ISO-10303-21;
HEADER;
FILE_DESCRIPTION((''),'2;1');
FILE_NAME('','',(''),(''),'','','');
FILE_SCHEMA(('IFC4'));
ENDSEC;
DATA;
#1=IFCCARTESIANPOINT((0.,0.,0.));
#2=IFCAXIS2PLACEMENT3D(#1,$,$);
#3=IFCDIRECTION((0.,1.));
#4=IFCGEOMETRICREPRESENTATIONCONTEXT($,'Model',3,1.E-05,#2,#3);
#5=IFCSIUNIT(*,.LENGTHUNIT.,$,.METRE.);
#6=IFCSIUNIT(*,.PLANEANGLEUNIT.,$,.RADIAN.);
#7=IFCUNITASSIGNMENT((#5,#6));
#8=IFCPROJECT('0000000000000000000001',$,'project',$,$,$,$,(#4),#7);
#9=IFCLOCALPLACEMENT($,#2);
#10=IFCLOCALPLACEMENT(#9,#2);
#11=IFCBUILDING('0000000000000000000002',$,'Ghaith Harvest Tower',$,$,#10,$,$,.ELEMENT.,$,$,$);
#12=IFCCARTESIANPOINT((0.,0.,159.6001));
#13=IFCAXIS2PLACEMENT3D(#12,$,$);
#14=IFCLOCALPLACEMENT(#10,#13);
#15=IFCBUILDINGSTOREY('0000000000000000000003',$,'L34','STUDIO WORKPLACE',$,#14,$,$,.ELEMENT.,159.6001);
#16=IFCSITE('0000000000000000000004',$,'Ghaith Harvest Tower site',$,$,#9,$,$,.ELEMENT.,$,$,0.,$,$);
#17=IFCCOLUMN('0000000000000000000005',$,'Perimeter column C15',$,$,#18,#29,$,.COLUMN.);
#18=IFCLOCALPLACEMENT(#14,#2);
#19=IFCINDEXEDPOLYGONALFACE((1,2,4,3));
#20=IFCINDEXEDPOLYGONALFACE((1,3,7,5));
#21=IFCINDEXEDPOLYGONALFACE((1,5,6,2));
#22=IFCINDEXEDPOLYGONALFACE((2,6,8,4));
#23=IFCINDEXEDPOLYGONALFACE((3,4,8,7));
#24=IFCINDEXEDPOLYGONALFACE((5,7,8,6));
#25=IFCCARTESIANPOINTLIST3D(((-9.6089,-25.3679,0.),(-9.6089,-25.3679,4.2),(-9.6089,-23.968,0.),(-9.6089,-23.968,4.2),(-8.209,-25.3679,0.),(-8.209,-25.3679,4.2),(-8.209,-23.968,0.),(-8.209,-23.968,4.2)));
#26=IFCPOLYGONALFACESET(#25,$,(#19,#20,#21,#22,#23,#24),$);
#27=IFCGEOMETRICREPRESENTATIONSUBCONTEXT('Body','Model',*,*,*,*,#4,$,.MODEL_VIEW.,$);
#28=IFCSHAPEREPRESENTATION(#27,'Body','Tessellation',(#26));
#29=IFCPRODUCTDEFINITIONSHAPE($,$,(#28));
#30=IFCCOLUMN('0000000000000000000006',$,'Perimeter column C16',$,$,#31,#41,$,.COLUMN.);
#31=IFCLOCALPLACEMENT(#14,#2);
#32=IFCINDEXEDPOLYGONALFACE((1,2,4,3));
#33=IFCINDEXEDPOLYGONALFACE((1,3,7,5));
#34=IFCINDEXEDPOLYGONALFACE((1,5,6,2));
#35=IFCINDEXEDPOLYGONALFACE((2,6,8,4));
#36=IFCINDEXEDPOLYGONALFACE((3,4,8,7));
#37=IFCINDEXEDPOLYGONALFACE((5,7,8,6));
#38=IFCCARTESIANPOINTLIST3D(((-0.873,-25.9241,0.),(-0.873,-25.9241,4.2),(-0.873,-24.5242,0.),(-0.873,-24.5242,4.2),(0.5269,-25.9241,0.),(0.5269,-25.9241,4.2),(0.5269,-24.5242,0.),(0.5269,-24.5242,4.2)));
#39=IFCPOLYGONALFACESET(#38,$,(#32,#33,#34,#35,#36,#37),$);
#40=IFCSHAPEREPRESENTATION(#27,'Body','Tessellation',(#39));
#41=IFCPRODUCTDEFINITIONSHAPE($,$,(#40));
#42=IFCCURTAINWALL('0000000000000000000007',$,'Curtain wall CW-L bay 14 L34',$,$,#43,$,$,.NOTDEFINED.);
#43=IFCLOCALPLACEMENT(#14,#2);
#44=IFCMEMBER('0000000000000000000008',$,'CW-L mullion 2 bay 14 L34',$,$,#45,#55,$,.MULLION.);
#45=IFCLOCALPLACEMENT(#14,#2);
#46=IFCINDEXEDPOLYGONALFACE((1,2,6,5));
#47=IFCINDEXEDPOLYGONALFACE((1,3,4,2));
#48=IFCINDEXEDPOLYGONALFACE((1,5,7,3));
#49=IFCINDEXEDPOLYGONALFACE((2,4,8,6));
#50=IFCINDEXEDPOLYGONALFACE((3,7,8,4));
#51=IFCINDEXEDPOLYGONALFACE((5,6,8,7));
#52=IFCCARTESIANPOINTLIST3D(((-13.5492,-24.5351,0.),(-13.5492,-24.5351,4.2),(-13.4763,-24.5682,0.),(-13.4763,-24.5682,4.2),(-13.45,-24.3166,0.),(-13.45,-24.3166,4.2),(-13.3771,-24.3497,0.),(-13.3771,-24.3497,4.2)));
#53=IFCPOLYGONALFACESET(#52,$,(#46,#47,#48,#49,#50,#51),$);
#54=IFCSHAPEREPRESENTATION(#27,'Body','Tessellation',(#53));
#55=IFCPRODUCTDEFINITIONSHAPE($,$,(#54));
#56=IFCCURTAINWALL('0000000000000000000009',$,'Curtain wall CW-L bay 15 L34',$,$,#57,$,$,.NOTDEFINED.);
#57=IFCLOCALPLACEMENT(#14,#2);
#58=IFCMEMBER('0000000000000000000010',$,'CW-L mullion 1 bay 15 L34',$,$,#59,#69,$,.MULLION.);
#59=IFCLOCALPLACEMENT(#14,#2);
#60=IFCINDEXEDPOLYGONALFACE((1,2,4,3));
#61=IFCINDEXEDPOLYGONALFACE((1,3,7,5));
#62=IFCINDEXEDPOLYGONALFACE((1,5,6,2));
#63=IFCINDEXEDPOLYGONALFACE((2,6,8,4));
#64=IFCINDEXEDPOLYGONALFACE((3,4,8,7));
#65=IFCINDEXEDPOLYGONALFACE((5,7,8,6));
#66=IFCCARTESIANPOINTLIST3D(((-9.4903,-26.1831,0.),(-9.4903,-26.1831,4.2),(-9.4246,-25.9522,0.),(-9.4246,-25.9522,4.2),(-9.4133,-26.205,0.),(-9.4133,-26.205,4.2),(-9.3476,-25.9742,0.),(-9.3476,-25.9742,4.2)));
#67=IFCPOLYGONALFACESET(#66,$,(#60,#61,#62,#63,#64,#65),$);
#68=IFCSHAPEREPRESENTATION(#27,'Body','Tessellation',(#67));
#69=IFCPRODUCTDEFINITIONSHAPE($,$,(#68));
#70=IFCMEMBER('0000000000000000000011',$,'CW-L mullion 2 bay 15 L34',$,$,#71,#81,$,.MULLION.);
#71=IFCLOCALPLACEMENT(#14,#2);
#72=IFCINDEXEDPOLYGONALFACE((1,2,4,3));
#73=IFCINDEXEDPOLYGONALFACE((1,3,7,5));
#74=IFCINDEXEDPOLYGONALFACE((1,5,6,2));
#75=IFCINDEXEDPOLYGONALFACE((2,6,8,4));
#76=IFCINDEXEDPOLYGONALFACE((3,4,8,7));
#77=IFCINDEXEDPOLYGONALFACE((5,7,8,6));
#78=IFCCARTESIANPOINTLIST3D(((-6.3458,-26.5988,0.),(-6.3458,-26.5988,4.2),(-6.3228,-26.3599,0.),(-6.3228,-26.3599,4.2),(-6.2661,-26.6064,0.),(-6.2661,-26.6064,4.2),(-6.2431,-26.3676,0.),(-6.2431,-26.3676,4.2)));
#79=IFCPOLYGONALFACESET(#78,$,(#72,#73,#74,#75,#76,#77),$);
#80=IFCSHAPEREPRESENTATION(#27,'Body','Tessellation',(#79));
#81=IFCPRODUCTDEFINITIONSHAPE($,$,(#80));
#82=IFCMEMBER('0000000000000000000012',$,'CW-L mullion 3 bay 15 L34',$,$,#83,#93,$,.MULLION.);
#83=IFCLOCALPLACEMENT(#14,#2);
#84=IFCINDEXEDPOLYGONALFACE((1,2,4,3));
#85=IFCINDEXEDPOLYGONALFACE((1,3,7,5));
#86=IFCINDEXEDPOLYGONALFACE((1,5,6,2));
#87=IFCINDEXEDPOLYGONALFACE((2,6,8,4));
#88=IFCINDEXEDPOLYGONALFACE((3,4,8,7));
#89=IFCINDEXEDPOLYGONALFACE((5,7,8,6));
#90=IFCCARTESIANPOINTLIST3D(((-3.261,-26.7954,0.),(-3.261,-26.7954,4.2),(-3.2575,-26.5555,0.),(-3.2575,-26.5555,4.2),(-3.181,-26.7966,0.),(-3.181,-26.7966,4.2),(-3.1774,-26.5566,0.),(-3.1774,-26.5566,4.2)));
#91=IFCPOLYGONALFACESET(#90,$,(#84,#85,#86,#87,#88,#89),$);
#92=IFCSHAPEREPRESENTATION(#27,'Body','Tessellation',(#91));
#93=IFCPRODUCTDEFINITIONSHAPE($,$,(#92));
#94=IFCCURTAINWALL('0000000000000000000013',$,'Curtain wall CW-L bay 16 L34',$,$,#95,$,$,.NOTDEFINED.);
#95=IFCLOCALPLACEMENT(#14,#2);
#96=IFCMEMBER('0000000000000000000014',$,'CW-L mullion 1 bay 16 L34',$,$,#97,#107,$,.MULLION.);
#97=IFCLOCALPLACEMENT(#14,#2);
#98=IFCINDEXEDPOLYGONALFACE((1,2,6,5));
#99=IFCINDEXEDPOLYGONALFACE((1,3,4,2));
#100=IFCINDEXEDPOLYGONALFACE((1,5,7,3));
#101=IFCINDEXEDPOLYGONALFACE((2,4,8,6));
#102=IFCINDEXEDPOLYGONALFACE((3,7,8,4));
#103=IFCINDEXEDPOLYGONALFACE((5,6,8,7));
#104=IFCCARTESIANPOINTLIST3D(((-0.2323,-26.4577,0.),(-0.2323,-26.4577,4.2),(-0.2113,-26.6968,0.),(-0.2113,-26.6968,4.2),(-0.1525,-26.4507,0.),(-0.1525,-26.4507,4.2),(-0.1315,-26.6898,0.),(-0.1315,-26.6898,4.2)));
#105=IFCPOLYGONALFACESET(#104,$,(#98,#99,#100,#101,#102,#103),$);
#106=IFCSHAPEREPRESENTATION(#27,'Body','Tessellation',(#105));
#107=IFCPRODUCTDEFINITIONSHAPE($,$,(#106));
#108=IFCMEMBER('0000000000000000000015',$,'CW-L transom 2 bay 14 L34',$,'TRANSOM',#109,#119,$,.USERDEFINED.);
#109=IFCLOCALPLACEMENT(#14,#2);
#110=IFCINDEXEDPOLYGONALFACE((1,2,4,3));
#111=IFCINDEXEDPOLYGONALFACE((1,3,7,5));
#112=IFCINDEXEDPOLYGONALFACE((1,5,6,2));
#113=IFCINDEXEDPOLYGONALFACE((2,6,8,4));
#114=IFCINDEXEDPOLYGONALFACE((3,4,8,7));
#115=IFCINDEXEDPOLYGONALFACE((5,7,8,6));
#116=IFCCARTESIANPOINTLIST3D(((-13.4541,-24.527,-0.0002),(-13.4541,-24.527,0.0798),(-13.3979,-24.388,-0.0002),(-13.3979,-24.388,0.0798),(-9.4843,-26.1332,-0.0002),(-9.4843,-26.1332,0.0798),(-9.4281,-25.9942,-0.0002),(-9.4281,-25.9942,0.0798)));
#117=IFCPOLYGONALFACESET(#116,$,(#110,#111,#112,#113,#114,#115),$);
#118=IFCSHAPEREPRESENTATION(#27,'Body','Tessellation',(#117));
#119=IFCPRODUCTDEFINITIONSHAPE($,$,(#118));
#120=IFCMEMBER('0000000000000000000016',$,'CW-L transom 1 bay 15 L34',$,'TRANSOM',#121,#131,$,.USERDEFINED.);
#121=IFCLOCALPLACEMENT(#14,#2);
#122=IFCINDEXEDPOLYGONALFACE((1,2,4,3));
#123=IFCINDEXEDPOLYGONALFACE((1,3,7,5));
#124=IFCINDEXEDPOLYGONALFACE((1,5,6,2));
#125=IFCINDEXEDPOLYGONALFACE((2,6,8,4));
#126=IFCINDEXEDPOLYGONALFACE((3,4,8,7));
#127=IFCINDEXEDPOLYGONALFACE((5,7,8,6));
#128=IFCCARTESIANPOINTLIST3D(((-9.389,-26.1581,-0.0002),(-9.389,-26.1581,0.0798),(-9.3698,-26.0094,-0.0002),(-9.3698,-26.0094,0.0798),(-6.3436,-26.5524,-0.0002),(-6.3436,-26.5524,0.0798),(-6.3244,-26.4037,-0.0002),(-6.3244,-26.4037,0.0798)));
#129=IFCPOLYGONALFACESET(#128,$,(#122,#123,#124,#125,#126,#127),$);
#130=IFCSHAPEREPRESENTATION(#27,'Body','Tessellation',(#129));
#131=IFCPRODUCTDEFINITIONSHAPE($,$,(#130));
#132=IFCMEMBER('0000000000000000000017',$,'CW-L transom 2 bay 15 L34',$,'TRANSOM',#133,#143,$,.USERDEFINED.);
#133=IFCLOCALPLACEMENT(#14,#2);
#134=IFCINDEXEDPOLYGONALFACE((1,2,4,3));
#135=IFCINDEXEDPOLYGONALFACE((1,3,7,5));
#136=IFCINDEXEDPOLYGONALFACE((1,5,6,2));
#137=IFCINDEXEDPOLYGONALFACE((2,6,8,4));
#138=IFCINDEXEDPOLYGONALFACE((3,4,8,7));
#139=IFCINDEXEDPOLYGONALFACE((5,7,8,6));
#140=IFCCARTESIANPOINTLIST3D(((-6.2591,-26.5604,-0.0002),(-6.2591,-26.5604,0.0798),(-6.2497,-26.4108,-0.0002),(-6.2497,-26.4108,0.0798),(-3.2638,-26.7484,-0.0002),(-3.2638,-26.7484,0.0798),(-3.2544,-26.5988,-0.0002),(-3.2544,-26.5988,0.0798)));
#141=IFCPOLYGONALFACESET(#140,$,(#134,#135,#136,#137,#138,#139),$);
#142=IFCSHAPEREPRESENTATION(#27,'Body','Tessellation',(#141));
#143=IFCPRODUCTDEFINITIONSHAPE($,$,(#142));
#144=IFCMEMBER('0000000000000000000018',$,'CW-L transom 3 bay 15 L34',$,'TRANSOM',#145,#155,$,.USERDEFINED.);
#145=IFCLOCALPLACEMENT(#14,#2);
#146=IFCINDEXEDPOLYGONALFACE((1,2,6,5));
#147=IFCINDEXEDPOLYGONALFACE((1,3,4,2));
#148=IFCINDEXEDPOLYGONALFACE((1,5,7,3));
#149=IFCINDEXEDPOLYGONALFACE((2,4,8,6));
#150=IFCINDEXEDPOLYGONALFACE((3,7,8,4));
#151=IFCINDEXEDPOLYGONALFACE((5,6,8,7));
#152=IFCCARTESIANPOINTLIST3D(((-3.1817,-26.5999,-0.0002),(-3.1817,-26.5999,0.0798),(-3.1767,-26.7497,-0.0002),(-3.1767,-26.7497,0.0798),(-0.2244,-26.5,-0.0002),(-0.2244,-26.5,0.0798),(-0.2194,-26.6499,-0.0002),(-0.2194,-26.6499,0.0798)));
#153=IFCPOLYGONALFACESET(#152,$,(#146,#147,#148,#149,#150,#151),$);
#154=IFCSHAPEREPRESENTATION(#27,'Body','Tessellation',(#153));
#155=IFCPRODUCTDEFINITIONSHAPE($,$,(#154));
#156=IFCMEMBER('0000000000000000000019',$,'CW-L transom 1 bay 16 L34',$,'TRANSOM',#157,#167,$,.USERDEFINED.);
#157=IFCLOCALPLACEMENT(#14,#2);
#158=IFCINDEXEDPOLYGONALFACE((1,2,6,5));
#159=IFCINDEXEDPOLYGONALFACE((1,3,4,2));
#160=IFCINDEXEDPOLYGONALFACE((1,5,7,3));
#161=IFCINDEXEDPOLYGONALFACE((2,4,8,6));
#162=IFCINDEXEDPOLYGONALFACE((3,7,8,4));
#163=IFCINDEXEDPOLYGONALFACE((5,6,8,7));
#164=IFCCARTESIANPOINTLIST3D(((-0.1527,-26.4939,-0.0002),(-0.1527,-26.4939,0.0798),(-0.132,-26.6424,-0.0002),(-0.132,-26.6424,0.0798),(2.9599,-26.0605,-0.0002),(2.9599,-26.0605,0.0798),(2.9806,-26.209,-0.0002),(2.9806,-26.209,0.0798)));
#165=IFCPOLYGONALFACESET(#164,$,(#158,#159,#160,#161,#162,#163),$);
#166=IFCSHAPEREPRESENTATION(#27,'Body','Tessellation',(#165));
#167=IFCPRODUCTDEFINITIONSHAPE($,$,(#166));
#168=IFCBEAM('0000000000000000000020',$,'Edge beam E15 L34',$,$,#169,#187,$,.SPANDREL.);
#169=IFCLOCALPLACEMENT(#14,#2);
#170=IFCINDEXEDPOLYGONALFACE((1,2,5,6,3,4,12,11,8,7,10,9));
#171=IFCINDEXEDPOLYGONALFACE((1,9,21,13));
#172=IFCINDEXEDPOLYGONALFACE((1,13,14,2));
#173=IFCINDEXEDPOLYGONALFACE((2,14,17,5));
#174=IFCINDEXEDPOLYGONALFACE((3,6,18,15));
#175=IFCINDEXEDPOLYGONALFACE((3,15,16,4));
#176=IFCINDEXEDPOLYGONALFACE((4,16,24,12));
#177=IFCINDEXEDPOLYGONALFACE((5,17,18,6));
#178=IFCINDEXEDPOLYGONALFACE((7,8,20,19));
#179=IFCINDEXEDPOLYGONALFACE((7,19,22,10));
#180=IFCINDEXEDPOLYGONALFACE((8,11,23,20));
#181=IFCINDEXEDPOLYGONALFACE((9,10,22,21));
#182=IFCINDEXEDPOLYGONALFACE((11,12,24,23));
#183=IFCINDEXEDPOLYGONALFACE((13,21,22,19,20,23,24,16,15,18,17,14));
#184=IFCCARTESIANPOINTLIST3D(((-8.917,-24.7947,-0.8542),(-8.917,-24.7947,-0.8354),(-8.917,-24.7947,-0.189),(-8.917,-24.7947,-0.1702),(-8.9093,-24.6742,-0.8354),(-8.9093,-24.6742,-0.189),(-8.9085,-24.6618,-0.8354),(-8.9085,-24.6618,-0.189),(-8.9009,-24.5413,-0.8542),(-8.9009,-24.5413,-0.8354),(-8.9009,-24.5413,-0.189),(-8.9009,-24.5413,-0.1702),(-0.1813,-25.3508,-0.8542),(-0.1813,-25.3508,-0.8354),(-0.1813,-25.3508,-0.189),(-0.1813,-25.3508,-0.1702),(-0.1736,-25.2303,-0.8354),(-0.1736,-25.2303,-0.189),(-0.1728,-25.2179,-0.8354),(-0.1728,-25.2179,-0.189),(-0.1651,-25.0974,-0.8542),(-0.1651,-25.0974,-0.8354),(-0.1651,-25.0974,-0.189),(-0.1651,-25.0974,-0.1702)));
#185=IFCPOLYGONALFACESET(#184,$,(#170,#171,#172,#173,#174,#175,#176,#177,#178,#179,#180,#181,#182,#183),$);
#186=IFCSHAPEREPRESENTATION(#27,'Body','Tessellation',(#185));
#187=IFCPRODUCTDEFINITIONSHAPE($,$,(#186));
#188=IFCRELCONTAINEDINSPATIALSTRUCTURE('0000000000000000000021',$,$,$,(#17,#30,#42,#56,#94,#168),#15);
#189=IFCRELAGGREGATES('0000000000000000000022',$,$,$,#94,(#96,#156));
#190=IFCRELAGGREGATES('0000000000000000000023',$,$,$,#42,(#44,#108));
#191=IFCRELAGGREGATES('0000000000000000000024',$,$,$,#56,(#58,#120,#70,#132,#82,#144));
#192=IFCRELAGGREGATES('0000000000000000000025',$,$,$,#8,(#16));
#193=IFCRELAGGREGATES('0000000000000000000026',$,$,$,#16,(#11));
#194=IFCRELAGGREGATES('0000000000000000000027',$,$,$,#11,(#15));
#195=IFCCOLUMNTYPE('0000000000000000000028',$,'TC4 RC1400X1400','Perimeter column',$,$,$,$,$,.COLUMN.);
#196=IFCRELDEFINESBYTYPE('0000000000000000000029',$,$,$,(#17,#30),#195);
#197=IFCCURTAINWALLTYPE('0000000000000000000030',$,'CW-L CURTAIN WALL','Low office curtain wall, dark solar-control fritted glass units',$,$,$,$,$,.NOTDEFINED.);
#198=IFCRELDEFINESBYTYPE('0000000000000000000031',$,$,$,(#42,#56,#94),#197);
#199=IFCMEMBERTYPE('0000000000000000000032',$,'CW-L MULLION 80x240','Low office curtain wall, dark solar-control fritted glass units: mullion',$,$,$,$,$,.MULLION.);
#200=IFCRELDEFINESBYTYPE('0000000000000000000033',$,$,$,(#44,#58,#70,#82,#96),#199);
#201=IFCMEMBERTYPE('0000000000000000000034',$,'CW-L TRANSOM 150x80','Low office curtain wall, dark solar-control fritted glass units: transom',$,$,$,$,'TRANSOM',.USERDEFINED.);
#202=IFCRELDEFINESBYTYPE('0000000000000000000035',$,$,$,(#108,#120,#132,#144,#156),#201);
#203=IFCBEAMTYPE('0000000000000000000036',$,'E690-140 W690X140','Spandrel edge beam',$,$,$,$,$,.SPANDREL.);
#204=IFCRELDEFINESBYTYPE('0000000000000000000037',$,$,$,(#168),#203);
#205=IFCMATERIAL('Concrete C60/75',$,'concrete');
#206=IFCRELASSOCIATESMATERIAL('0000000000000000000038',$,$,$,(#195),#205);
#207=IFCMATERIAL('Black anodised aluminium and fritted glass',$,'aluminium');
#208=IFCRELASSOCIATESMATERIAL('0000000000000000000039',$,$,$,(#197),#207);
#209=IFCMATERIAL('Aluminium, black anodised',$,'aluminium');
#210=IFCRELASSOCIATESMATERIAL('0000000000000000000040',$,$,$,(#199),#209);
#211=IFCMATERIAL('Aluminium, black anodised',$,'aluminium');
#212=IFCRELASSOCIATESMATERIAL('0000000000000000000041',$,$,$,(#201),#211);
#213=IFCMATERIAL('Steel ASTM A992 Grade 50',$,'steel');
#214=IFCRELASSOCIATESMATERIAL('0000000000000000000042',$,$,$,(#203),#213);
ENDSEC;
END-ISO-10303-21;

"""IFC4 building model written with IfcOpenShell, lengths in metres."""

from ifc_helpers import new_model, si_unit, direction, frame, origin, origin_2d, place, context, subcontext, project, spatial, rectangle, i_section, extrude, material, material_profile, profile_set, type_object, element, aggregate, save


model = new_model("IFC4")

# Units and contexts
model_context = context("Model", 3, precision=1e-05, world=origin(), true_north=direction((0.0, 1.0)))
body_context = subcontext(model_context, "Body", "Model", "MODEL_VIEW")
ifc_project = project(units=[si_unit("LENGTHUNIT", "METRE"), si_unit("PLANEANGLEUNIT", "RADIAN")], contexts=[model_context])

# Site, building, storey
site_placement = place(None, origin())
site = spatial("IfcSite", under=ifc_project, at=site_placement, Name="Ghaith Harvest Tower site", CompositionType="ELEMENT", RefElevation=0.0)
building_placement = place(site_placement, origin())
building = spatial("IfcBuilding", under=site, at=building_placement, Name="Ghaith Harvest Tower", CompositionType="ELEMENT")
storey_placement = place(building_placement, frame((0.0, 0.0, 159.6001)))
storey = spatial("IfcBuildingStorey", under=building, at=storey_placement, Name="L34", Description="STUDIO WORKPLACE", CompositionType="ELEMENT", Elevation=159.6001)

# Columns
ifc_material_1 = material(Name="Concrete C60/75", Category="concrete")
ifc_material_profile_1 = material_profile(ifc_material_1, rectangle(XDim=1.3999, YDim=1.3999, at=origin_2d()), Name="RC1400X1400")
ifc_profile_set_1 = profile_set([ifc_material_profile_1], Name="Concrete C60/75")
column_type = type_object("IfcColumnType", Name="TC4 RC1400X1400", Description="Perimeter column", PredefinedType="COLUMN", material=ifc_profile_set_1)
for number, where, z_axis, x_axis, name in (
    (1, (-8.9089, -24.668, 0.0), (0.0, 0.0, 1.0), (1.0, 0.0, 0.0), "Perimeter column C15"),
    (2, (-0.1731, -25.2241, 0.0), (0.0, 0.0, 1.0), (1.0, 0.0, 0.0), "Perimeter column C16"),
):
    element("IfcColumn", number, at=place(storey_placement, frame(where, z_axis=z_axis, x_axis=x_axis)), inside=storey, type_object=column_type, Name=name, PredefinedType="COLUMN", context=body_context, shape_type="SweptSolid", body=[
        extrude(rectangle(XDim=1.3999, YDim=1.3999, at=origin_2d()), origin(), (0.0, 0.0, 1.0), 4.2),
    ])

# Curtain wall, member
ifc_material_2 = material(Name="Black anodised aluminium and fritted glass", Category="aluminium")
curtain_wall_type = type_object("IfcCurtainWallType", Name="CW-L CURTAIN WALL", Description="Low office curtain wall, dark solar-control fritted glass units", PredefinedType="NOTDEFINED", material=ifc_material_2)
curtain_wall_1_placement = place(storey_placement, origin())
curtain_wall_1 = element("IfcCurtainWall", 3, at=curtain_wall_1_placement, inside=storey, type_object=curtain_wall_type, Name="Curtain wall CW-L bay 14 L34", PredefinedType="NOTDEFINED")
ifc_material_3 = material(Name="Aluminium, black anodised", Category="aluminium")
ifc_material_profile_2 = material_profile(ifc_material_3, rectangle(XDim=0.0801, YDim=0.24, at=origin_2d()), Name="CW-L MULLION 80x240")
ifc_profile_set_2 = profile_set([ifc_material_profile_2], Name="Aluminium, black anodised")
member_type_1 = type_object("IfcMemberType", Name="CW-L MULLION 80x240", Description="Low office curtain wall, dark solar-control fritted glass units: mullion", PredefinedType="MULLION", material=ifc_profile_set_2)
member_1_placement = place(storey_placement, frame((-13.4631, -24.4424, 0.0), z_axis=(0.0, 0.0, 1.0), x_axis=(0.910648, -0.413183, 0.0)))
member_1 = element("IfcMember", 4, at=member_1_placement, type_object=member_type_1, Name="CW-L mullion 2 bay 14 L34", PredefinedType="MULLION", context=body_context, shape_type="SweptSolid", body=[
    extrude(rectangle(XDim=0.0801, YDim=0.24, at=origin_2d()), origin(), (0.0, 0.0, 1.0), 4.2),
])

# Curtain wall, members
curtain_wall_2_placement = place(storey_placement, origin())
curtain_wall_2 = element("IfcCurtainWall", 5, at=curtain_wall_2_placement, inside=storey, type_object=curtain_wall_type, Name="Curtain wall CW-L bay 15 L34", PredefinedType="NOTDEFINED")
member_2_placement = place(storey_placement, frame((-9.4189, -26.0786, 0.0), z_axis=(0.0, 0.0, 1.0), x_axis=(0.961789, -0.273793, 0.0)))
member_2 = element("IfcMember", 6, at=member_2_placement, type_object=member_type_1, Name="CW-L mullion 1 bay 15 L34", PredefinedType="MULLION", context=body_context, shape_type="SweptSolid", body=[
    extrude(rectangle(XDim=0.0801, YDim=0.24, at=origin_2d()), origin(), (0.0, 0.0, 1.0), 4.2),
])
member_3_placement = place(storey_placement, frame((-6.2944, -26.4832, 0.0), z_axis=(0.0, 0.0, 1.0), x_axis=(0.995389, -0.095918, 0.0)))
member_3 = element("IfcMember", 7, at=member_3_placement, type_object=member_type_1, Name="CW-L mullion 2 bay 15 L34", PredefinedType="MULLION", context=body_context, shape_type="SweptSolid", body=[
    extrude(rectangle(XDim=0.0801, YDim=0.24, at=origin_2d()), origin(), (0.0, 0.0, 1.0), 4.2),
])
member_4_placement = place(storey_placement, frame((-3.2192, -26.676, 0.0), z_axis=(0.0, 0.0, 1.0), x_axis=(0.999891, -0.014796, 0.0)))
member_4 = element("IfcMember", 8, at=member_4_placement, type_object=member_type_1, Name="CW-L mullion 3 bay 15 L34", PredefinedType="MULLION", context=body_context, shape_type="SweptSolid", body=[
    extrude(rectangle(XDim=0.0801, YDim=0.24, at=origin_2d()), origin(), (0.0, 0.0, 1.0), 4.2),
])

# Curtain wall, member
curtain_wall_3_placement = place(storey_placement, origin())
curtain_wall_3 = element("IfcCurtainWall", 9, at=curtain_wall_3_placement, inside=storey, type_object=curtain_wall_type, Name="Curtain wall CW-L bay 16 L34", PredefinedType="NOTDEFINED")
member_5_placement = place(storey_placement, frame((-0.1819, -26.5737, 0.0), z_axis=(0.0, 0.0, 1.0), x_axis=(0.996169, 0.087446, 0.0)))
member_5 = element("IfcMember", 10, at=member_5_placement, type_object=member_type_1, Name="CW-L mullion 1 bay 16 L34", PredefinedType="MULLION", context=body_context, shape_type="SweptSolid", body=[
    extrude(rectangle(XDim=0.0801, YDim=0.24, at=origin_2d()), origin(), (0.0, 0.0, 1.0), 4.2),
])

# Members
ifc_material_4 = material(Name="Aluminium, black anodised", Category="aluminium")
ifc_material_profile_3 = material_profile(ifc_material_4, rectangle(XDim=0.1499, YDim=0.0801, at=origin_2d()), Name="CW-L TRANSOM 150x80")
ifc_profile_set_3 = profile_set([ifc_material_profile_3], Name="Aluminium, black anodised")
member_type_2 = type_object("IfcMemberType", Name="CW-L TRANSOM 150x80", Description="Low office curtain wall, dark solar-control fritted glass units: transom", ElementType="TRANSOM", PredefinedType="USERDEFINED", material=ifc_profile_set_3)
member_6_placement = place(storey_placement, frame((-13.426, -24.4575, 0.0398), z_axis=(0.927003, -0.375054, 0.0), x_axis=(0.375054, 0.927003, 0.0)))
member_6 = element("IfcMember", 11, at=member_6_placement, type_object=member_type_2, Name="CW-L transom 2 bay 14 L34", ObjectType="TRANSOM", PredefinedType="USERDEFINED", context=body_context, shape_type="SweptSolid", body=[
    extrude(rectangle(XDim=0.1499, YDim=0.0801, at=origin_2d()), origin(), (0.0, 0.0, 1.0), 4.2825),
])
member_7_placement = place(storey_placement, frame((-9.3794, -26.0837, 0.0398), z_axis=(0.991723, -0.128398, 0.0), x_axis=(0.128398, 0.991723, 0.0)))
member_7 = element("IfcMember", 12, at=member_7_placement, type_object=member_type_2, Name="CW-L transom 1 bay 15 L34", ObjectType="TRANSOM", PredefinedType="USERDEFINED", context=body_context, shape_type="SweptSolid", body=[
    extrude(rectangle(XDim=0.1499, YDim=0.0801, at=origin_2d()), origin(), (0.0, 0.0, 1.0), 3.0708),
])
member_8_placement = place(storey_placement, frame((-6.2544, -26.4856, 0.0398), z_axis=(0.998036, -0.062637, 0.0), x_axis=(0.062637, 0.998036, 0.0)))
member_8 = element("IfcMember", 13, at=member_8_placement, type_object=member_type_2, Name="CW-L transom 2 bay 15 L34", ObjectType="TRANSOM", PredefinedType="USERDEFINED", context=body_context, shape_type="SweptSolid", body=[
    extrude(rectangle(XDim=0.1499, YDim=0.0801, at=origin_2d()), origin(), (0.0, 0.0, 1.0), 3.0012),
])
member_9_placement = place(storey_placement, frame((-3.1792, -26.6748, 0.0398), z_axis=(0.99943, 0.033746, 0.0), x_axis=(-0.033746, 0.99943, 0.0)))
member_9 = element("IfcMember", 14, at=member_9_placement, type_object=member_type_2, Name="CW-L transom 3 bay 15 L34", ObjectType="TRANSOM", PredefinedType="USERDEFINED", context=body_context, shape_type="SweptSolid", body=[
    extrude(rectangle(XDim=0.1499, YDim=0.0801, at=origin_2d()), origin(), (0.0, 0.0, 1.0), 2.959),
])
member_10_placement = place(storey_placement, frame((-0.1423, -26.5681, 0.0398), z_axis=(0.990447, 0.137897, 0.0), x_axis=(-0.137897, 0.990447, 0.0)))
member_10 = element("IfcMember", 15, at=member_10_placement, type_object=member_type_2, Name="CW-L transom 1 bay 16 L34", ObjectType="TRANSOM", PredefinedType="USERDEFINED", context=body_context, shape_type="SweptSolid", body=[
    extrude(rectangle(XDim=0.1499, YDim=0.0801, at=origin_2d()), origin(), (0.0, 0.0, 1.0), 3.1426),
])
aggregate(curtain_wall_3, [member_5, member_10])

# Beam
ifc_material_5 = material(Name="Steel ASTM A992 Grade 50", Category="steel")
ifc_material_profile_4 = material_profile(ifc_material_5, i_section(OverallWidth=0.2539, OverallDepth=0.6841, WebThickness=0.0125, FlangeThickness=0.0188, at=origin_2d()), Name="W690X140")
ifc_profile_set_4 = profile_set([ifc_material_profile_4], Name="Steel ASTM A992 Grade 50")
beam_type_1 = type_object("IfcBeamType", Name="E690-140 W690X140", Description="Spandrel edge beam", PredefinedType="SPANDREL", material=ifc_profile_set_4)
beam_1_placement = place(storey_placement, frame((-8.9089, -24.668, -0.5122), z_axis=(0.99798, -0.063535, 0.0), x_axis=(0.063535, 0.99798, 0.0)))
element("IfcBeam", 16, at=beam_1_placement, inside=storey, type_object=beam_type_1, Name="Edge beam E15 L34", PredefinedType="SPANDREL", context=body_context, shape_type="SweptSolid", body=[
    extrude(i_section(OverallWidth=0.2539, OverallDepth=0.6841, WebThickness=0.0125, FlangeThickness=0.0188, at=origin_2d()), origin(), (0.0, 0.0, 1.0), 8.7534),
])

aggregate(curtain_wall_1, [member_1, member_6])
aggregate(curtain_wall_2, [member_2, member_7, member_3, member_8, member_4, member_9])

save(model, "model.ifc")
